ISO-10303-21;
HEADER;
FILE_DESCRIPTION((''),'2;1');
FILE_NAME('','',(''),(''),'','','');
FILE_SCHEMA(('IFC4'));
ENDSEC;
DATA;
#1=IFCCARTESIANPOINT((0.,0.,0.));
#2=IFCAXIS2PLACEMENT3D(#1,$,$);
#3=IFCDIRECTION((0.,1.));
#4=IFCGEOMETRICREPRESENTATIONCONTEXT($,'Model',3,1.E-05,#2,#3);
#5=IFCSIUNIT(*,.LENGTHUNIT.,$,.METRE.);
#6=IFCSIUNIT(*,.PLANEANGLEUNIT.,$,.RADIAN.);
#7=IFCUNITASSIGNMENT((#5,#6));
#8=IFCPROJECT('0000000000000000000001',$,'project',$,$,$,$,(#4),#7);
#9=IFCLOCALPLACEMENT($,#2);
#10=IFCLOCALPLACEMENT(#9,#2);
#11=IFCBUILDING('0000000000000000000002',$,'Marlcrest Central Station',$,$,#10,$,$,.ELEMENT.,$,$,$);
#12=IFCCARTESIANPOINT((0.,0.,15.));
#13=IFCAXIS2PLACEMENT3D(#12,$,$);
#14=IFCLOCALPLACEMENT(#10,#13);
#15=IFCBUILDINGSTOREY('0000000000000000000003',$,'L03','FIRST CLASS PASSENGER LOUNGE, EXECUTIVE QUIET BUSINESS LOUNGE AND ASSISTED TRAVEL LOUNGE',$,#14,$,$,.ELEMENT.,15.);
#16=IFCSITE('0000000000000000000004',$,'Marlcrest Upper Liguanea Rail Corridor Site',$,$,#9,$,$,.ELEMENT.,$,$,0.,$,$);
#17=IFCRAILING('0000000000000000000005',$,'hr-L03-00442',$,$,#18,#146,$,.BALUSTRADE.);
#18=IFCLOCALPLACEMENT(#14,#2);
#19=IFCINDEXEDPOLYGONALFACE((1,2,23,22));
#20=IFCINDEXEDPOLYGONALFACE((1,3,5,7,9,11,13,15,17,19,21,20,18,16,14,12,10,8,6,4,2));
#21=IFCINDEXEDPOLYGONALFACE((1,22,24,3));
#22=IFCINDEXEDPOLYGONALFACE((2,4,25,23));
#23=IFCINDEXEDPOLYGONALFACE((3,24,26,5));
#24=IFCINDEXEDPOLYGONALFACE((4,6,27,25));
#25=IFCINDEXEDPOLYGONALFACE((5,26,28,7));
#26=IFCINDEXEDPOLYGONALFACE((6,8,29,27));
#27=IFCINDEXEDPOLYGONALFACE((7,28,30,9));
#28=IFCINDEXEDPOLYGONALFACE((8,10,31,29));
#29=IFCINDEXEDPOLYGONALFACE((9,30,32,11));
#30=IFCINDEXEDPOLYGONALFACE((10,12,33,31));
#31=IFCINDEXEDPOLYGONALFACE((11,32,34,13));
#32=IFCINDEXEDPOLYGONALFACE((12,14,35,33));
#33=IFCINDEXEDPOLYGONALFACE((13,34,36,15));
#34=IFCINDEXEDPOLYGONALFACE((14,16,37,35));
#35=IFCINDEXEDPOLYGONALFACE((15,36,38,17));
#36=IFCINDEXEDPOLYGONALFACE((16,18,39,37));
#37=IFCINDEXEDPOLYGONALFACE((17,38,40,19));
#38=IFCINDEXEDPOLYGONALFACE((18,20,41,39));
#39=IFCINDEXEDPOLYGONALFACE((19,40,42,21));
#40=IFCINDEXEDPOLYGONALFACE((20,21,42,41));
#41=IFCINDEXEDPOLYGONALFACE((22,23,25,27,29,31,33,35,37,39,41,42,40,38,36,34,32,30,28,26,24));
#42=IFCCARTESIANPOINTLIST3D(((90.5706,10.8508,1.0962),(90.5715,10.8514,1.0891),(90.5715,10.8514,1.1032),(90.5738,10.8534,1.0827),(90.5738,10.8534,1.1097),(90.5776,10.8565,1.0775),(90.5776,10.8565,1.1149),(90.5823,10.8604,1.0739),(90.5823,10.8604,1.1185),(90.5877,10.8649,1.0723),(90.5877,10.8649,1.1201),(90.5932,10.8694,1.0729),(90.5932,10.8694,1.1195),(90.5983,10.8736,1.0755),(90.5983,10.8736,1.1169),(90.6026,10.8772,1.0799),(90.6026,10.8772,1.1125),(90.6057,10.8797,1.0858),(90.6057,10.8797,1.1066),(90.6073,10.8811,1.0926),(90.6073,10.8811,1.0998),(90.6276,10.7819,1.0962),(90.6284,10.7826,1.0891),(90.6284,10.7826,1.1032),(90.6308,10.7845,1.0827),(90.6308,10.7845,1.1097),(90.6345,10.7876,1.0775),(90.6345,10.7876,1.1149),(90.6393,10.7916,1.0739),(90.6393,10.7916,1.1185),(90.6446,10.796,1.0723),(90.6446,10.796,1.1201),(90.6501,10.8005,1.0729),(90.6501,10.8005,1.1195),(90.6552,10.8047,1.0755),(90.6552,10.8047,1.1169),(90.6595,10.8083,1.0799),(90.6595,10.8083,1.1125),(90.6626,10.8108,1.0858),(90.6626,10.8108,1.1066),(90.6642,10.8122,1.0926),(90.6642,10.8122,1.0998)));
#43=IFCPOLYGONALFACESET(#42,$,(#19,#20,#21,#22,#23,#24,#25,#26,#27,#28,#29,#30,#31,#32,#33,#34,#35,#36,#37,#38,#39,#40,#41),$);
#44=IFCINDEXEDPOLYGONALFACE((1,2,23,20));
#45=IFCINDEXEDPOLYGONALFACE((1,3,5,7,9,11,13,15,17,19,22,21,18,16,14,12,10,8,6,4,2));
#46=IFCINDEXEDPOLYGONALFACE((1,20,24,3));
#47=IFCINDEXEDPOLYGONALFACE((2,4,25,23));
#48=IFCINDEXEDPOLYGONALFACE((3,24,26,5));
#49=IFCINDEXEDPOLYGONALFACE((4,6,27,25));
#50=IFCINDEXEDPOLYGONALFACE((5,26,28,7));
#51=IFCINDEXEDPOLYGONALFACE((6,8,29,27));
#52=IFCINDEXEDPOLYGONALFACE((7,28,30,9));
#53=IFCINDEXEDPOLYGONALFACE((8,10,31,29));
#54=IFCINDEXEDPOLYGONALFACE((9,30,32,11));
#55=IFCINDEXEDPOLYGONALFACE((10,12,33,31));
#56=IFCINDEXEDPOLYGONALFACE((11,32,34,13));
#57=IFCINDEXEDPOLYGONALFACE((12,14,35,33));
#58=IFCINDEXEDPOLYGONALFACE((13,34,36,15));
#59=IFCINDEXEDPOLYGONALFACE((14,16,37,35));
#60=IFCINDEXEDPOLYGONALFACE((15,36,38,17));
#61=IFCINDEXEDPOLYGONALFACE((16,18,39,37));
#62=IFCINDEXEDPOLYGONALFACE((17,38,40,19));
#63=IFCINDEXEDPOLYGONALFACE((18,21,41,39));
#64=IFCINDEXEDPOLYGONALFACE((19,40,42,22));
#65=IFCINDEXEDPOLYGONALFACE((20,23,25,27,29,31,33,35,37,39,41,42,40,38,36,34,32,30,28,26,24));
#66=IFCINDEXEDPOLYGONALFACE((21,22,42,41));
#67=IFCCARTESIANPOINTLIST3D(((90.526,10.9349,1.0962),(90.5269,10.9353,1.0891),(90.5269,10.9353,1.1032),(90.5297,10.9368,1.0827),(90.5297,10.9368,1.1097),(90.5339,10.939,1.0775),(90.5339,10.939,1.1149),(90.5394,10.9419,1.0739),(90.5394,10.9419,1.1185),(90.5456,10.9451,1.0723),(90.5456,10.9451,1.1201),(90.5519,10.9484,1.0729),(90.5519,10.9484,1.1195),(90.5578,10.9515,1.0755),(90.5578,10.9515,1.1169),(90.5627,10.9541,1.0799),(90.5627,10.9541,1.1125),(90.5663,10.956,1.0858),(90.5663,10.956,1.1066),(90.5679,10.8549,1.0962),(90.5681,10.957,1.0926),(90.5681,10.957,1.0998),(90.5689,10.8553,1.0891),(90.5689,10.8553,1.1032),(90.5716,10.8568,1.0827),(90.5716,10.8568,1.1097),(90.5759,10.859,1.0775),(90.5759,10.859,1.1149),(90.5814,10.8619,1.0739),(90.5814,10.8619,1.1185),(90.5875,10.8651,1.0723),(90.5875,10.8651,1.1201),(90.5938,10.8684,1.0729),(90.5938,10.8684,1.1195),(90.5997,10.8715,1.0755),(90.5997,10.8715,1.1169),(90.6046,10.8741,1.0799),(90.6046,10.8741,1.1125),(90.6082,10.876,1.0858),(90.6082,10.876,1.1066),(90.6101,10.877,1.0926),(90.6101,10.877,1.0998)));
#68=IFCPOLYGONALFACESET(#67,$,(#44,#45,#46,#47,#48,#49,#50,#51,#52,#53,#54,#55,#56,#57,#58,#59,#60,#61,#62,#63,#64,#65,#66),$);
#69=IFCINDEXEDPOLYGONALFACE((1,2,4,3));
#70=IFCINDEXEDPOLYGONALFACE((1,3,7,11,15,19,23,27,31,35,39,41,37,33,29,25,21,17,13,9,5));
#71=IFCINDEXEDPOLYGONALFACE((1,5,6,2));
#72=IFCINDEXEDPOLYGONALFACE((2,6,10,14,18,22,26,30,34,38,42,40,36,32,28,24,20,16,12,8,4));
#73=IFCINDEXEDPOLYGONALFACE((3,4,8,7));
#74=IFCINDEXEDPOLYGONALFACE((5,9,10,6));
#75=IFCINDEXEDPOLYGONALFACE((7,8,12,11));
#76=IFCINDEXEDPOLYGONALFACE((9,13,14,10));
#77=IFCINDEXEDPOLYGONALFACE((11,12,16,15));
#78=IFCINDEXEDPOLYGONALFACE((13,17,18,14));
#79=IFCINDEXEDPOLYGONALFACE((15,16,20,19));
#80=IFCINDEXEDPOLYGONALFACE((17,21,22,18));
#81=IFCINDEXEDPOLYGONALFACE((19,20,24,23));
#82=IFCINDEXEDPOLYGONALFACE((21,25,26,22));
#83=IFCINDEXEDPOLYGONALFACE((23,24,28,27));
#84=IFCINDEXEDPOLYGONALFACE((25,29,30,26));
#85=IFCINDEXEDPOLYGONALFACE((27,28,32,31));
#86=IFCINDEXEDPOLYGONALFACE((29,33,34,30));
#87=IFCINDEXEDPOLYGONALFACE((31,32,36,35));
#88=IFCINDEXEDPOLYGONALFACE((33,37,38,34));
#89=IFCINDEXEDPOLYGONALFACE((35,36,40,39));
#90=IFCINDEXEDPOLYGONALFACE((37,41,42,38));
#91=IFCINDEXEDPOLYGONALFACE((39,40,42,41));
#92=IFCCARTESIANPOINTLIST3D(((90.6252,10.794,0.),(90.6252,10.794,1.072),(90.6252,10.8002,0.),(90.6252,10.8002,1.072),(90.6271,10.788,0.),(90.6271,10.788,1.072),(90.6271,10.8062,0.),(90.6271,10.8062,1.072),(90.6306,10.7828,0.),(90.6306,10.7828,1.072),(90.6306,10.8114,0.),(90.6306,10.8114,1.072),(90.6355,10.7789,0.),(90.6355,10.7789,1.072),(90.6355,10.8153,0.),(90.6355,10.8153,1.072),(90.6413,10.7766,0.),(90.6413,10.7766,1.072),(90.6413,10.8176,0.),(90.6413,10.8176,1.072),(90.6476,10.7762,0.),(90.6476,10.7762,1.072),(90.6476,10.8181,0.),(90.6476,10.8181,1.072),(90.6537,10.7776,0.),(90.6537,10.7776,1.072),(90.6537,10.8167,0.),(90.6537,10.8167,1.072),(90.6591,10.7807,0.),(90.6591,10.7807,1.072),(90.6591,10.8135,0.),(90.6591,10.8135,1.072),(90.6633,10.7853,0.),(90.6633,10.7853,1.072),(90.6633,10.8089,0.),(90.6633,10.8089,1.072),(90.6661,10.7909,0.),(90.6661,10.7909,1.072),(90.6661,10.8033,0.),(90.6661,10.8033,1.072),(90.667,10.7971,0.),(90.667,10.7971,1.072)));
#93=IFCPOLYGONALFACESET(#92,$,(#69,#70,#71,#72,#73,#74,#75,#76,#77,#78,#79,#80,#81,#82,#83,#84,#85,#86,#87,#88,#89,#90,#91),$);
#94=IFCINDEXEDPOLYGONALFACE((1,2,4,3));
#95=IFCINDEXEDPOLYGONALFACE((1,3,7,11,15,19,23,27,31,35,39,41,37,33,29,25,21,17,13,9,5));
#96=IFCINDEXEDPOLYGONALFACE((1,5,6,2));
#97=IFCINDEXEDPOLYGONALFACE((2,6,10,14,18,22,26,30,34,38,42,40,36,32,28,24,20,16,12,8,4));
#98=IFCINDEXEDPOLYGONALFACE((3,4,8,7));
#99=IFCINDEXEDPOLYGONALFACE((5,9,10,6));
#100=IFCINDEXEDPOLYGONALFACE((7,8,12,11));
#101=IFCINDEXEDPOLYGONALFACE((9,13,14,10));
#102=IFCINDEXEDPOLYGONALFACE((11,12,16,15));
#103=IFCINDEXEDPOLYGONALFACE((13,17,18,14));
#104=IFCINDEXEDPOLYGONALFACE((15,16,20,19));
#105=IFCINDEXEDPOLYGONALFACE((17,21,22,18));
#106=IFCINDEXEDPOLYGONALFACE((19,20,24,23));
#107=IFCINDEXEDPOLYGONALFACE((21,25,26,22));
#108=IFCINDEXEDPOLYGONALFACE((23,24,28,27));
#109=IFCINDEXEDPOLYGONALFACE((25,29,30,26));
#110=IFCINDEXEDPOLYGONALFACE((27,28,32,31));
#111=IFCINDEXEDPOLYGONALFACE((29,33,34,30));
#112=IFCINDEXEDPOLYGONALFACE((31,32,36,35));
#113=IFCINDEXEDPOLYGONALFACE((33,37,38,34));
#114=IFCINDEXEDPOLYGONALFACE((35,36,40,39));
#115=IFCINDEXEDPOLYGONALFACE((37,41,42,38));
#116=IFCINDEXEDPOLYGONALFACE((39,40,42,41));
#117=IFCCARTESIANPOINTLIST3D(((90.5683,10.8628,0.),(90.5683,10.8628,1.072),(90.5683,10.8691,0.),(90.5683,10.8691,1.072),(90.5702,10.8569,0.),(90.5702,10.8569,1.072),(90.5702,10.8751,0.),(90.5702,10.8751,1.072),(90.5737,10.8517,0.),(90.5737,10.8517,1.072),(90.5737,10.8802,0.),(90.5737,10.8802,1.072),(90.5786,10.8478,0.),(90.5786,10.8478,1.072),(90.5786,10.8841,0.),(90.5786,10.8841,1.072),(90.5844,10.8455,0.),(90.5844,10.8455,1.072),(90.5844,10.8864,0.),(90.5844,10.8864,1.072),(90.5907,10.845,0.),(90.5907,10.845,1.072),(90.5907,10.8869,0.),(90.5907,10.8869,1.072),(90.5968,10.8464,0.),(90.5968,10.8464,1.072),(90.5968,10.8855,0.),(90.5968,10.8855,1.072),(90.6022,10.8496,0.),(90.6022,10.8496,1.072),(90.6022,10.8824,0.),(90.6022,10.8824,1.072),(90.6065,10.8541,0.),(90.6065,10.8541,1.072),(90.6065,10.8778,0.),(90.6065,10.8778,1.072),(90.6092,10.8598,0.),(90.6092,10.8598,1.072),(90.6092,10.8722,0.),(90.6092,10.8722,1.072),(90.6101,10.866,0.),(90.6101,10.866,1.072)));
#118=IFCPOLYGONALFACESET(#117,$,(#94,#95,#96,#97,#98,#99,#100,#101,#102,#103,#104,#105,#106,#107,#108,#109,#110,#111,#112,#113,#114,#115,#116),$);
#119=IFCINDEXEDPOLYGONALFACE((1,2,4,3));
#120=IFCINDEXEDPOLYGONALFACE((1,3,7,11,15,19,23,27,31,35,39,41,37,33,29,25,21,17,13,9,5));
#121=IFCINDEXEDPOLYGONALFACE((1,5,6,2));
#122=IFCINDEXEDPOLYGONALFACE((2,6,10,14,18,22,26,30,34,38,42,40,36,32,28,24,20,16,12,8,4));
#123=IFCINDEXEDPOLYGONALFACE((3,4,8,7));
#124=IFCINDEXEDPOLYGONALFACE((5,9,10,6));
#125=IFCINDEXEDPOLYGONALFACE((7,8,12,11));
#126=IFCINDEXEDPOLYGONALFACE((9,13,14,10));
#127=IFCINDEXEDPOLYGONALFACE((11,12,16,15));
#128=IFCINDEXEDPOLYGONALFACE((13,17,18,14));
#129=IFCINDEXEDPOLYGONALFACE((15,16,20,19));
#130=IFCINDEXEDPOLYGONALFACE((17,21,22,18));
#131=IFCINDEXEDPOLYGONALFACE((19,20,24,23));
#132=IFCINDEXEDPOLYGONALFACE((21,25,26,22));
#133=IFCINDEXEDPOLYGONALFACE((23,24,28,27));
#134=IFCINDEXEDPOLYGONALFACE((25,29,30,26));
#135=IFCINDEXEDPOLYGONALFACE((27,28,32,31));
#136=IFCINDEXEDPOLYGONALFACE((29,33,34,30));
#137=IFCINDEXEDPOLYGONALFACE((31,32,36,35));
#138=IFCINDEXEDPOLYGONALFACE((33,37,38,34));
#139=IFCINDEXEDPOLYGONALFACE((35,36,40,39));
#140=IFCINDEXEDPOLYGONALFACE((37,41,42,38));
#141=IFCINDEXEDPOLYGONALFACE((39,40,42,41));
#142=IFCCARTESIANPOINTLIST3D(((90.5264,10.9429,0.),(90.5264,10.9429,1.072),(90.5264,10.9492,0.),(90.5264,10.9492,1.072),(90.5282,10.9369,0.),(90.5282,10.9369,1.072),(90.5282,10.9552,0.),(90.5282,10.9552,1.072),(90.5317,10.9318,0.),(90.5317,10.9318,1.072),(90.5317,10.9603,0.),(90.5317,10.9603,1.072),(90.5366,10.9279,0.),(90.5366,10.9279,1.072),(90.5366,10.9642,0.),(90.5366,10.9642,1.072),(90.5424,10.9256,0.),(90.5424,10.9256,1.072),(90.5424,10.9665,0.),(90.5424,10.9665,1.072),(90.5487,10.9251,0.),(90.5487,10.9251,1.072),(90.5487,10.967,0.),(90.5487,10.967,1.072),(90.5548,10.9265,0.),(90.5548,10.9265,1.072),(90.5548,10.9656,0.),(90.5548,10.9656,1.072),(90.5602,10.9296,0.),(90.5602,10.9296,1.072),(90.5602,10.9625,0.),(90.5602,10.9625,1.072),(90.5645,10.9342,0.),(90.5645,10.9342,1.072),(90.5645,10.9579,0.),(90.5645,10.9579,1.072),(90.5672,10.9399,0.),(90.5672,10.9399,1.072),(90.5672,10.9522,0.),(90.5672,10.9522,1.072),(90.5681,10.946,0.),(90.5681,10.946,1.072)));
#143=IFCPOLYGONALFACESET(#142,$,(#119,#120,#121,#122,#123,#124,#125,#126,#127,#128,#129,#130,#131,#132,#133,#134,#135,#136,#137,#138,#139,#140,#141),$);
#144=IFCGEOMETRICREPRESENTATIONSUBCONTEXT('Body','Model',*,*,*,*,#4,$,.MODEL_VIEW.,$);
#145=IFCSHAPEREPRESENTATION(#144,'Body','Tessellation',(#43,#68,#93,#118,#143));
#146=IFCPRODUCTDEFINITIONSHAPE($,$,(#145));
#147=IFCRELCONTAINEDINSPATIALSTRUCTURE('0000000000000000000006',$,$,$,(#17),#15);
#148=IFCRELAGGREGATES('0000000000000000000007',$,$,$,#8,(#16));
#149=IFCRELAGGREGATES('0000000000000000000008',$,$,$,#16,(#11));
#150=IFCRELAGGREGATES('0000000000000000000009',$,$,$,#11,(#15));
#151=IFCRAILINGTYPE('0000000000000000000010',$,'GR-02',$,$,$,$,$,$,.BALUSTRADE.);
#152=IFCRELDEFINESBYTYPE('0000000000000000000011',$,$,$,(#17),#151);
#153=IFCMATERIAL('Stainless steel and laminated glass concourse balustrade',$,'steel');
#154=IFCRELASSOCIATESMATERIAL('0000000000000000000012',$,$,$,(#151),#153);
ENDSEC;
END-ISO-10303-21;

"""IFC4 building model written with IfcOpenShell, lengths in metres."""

from ifc_helpers import new_model, si_unit, direction, frame, origin, origin_2d, place, context, subcontext, project, spatial, circle, extrude, material, type_object, element, save


model = new_model("IFC4")

# Units and contexts
model_context = context("Model", 3, precision=1e-05, world=origin(), true_north=direction((0.0, 1.0)))
body_context = subcontext(model_context, "Body", "Model", "MODEL_VIEW")
ifc_project = project(units=[si_unit("LENGTHUNIT", "METRE"), si_unit("PLANEANGLEUNIT", "RADIAN")], contexts=[model_context])

# Site, building, storey
site_placement = place(None, origin())
site = spatial("IfcSite", under=ifc_project, at=site_placement, Name="Marlcrest Upper Liguanea Rail Corridor Site", CompositionType="ELEMENT", RefElevation=0.0)
building_placement = place(site_placement, origin())
building = spatial("IfcBuilding", under=site, at=building_placement, Name="Marlcrest Central Station", CompositionType="ELEMENT")
storey_placement = place(building_placement, frame((0.0, 0.0, 15.0)))
storey = spatial("IfcBuildingStorey", under=building, at=storey_placement, Name="L03", Description="FIRST CLASS PASSENGER LOUNGE, EXECUTIVE QUIET BUSINESS LOUNGE AND ASSISTED TRAVEL LOUNGE", CompositionType="ELEMENT", Elevation=15.0)

# Railing
ifc_material_1 = material(Name="Stainless steel and laminated glass concourse balustrade", Category="steel")
railing_type = type_object("IfcRailingType", Name="GR-02", PredefinedType="BALUSTRADE", material=ifc_material_1)
railing_1_placement = place(storey_placement, frame((90.646, 10.7971, 0.0)))
element("IfcRailing", 1, at=railing_1_placement, inside=storey, type_object=railing_type, Name="hr-L03-00442", PredefinedType="BALUSTRADE", context=body_context, shape_type="SweptSolid", body=[
    extrude(circle(Radius=0.0239, at=origin_2d()), frame((0.0, 0.0, 1.0962), z_axis=(-0.636952, 0.770903, 0.0), x_axis=(-0.770903, -0.636952, 0.0)), (0.0, 0.0, 1.0), 0.0894),
    extrude(circle(Radius=0.0239, at=origin_2d()), frame((-0.0569, 0.0688, 1.0962), z_axis=(-0.464411, 0.88562, 0.0), x_axis=(-0.88562, -0.464411, 0.0)), (0.0, 0.0, 1.0), 0.0903),
    extrude(circle(Radius=0.021, at=origin_2d()), origin(), (0.0, 0.0, 1.0), 1.072),
    extrude(circle(Radius=0.021, at=origin_2d()), frame((-0.0569, 0.0688, 0.0)), (0.0, 0.0, 1.0), 1.072),
    extrude(circle(Radius=0.021, at=origin_2d()), frame((-0.0989, 0.1489, 0.0)), (0.0, 0.0, 1.0), 1.072),
])

save(model, "model.ifc")
